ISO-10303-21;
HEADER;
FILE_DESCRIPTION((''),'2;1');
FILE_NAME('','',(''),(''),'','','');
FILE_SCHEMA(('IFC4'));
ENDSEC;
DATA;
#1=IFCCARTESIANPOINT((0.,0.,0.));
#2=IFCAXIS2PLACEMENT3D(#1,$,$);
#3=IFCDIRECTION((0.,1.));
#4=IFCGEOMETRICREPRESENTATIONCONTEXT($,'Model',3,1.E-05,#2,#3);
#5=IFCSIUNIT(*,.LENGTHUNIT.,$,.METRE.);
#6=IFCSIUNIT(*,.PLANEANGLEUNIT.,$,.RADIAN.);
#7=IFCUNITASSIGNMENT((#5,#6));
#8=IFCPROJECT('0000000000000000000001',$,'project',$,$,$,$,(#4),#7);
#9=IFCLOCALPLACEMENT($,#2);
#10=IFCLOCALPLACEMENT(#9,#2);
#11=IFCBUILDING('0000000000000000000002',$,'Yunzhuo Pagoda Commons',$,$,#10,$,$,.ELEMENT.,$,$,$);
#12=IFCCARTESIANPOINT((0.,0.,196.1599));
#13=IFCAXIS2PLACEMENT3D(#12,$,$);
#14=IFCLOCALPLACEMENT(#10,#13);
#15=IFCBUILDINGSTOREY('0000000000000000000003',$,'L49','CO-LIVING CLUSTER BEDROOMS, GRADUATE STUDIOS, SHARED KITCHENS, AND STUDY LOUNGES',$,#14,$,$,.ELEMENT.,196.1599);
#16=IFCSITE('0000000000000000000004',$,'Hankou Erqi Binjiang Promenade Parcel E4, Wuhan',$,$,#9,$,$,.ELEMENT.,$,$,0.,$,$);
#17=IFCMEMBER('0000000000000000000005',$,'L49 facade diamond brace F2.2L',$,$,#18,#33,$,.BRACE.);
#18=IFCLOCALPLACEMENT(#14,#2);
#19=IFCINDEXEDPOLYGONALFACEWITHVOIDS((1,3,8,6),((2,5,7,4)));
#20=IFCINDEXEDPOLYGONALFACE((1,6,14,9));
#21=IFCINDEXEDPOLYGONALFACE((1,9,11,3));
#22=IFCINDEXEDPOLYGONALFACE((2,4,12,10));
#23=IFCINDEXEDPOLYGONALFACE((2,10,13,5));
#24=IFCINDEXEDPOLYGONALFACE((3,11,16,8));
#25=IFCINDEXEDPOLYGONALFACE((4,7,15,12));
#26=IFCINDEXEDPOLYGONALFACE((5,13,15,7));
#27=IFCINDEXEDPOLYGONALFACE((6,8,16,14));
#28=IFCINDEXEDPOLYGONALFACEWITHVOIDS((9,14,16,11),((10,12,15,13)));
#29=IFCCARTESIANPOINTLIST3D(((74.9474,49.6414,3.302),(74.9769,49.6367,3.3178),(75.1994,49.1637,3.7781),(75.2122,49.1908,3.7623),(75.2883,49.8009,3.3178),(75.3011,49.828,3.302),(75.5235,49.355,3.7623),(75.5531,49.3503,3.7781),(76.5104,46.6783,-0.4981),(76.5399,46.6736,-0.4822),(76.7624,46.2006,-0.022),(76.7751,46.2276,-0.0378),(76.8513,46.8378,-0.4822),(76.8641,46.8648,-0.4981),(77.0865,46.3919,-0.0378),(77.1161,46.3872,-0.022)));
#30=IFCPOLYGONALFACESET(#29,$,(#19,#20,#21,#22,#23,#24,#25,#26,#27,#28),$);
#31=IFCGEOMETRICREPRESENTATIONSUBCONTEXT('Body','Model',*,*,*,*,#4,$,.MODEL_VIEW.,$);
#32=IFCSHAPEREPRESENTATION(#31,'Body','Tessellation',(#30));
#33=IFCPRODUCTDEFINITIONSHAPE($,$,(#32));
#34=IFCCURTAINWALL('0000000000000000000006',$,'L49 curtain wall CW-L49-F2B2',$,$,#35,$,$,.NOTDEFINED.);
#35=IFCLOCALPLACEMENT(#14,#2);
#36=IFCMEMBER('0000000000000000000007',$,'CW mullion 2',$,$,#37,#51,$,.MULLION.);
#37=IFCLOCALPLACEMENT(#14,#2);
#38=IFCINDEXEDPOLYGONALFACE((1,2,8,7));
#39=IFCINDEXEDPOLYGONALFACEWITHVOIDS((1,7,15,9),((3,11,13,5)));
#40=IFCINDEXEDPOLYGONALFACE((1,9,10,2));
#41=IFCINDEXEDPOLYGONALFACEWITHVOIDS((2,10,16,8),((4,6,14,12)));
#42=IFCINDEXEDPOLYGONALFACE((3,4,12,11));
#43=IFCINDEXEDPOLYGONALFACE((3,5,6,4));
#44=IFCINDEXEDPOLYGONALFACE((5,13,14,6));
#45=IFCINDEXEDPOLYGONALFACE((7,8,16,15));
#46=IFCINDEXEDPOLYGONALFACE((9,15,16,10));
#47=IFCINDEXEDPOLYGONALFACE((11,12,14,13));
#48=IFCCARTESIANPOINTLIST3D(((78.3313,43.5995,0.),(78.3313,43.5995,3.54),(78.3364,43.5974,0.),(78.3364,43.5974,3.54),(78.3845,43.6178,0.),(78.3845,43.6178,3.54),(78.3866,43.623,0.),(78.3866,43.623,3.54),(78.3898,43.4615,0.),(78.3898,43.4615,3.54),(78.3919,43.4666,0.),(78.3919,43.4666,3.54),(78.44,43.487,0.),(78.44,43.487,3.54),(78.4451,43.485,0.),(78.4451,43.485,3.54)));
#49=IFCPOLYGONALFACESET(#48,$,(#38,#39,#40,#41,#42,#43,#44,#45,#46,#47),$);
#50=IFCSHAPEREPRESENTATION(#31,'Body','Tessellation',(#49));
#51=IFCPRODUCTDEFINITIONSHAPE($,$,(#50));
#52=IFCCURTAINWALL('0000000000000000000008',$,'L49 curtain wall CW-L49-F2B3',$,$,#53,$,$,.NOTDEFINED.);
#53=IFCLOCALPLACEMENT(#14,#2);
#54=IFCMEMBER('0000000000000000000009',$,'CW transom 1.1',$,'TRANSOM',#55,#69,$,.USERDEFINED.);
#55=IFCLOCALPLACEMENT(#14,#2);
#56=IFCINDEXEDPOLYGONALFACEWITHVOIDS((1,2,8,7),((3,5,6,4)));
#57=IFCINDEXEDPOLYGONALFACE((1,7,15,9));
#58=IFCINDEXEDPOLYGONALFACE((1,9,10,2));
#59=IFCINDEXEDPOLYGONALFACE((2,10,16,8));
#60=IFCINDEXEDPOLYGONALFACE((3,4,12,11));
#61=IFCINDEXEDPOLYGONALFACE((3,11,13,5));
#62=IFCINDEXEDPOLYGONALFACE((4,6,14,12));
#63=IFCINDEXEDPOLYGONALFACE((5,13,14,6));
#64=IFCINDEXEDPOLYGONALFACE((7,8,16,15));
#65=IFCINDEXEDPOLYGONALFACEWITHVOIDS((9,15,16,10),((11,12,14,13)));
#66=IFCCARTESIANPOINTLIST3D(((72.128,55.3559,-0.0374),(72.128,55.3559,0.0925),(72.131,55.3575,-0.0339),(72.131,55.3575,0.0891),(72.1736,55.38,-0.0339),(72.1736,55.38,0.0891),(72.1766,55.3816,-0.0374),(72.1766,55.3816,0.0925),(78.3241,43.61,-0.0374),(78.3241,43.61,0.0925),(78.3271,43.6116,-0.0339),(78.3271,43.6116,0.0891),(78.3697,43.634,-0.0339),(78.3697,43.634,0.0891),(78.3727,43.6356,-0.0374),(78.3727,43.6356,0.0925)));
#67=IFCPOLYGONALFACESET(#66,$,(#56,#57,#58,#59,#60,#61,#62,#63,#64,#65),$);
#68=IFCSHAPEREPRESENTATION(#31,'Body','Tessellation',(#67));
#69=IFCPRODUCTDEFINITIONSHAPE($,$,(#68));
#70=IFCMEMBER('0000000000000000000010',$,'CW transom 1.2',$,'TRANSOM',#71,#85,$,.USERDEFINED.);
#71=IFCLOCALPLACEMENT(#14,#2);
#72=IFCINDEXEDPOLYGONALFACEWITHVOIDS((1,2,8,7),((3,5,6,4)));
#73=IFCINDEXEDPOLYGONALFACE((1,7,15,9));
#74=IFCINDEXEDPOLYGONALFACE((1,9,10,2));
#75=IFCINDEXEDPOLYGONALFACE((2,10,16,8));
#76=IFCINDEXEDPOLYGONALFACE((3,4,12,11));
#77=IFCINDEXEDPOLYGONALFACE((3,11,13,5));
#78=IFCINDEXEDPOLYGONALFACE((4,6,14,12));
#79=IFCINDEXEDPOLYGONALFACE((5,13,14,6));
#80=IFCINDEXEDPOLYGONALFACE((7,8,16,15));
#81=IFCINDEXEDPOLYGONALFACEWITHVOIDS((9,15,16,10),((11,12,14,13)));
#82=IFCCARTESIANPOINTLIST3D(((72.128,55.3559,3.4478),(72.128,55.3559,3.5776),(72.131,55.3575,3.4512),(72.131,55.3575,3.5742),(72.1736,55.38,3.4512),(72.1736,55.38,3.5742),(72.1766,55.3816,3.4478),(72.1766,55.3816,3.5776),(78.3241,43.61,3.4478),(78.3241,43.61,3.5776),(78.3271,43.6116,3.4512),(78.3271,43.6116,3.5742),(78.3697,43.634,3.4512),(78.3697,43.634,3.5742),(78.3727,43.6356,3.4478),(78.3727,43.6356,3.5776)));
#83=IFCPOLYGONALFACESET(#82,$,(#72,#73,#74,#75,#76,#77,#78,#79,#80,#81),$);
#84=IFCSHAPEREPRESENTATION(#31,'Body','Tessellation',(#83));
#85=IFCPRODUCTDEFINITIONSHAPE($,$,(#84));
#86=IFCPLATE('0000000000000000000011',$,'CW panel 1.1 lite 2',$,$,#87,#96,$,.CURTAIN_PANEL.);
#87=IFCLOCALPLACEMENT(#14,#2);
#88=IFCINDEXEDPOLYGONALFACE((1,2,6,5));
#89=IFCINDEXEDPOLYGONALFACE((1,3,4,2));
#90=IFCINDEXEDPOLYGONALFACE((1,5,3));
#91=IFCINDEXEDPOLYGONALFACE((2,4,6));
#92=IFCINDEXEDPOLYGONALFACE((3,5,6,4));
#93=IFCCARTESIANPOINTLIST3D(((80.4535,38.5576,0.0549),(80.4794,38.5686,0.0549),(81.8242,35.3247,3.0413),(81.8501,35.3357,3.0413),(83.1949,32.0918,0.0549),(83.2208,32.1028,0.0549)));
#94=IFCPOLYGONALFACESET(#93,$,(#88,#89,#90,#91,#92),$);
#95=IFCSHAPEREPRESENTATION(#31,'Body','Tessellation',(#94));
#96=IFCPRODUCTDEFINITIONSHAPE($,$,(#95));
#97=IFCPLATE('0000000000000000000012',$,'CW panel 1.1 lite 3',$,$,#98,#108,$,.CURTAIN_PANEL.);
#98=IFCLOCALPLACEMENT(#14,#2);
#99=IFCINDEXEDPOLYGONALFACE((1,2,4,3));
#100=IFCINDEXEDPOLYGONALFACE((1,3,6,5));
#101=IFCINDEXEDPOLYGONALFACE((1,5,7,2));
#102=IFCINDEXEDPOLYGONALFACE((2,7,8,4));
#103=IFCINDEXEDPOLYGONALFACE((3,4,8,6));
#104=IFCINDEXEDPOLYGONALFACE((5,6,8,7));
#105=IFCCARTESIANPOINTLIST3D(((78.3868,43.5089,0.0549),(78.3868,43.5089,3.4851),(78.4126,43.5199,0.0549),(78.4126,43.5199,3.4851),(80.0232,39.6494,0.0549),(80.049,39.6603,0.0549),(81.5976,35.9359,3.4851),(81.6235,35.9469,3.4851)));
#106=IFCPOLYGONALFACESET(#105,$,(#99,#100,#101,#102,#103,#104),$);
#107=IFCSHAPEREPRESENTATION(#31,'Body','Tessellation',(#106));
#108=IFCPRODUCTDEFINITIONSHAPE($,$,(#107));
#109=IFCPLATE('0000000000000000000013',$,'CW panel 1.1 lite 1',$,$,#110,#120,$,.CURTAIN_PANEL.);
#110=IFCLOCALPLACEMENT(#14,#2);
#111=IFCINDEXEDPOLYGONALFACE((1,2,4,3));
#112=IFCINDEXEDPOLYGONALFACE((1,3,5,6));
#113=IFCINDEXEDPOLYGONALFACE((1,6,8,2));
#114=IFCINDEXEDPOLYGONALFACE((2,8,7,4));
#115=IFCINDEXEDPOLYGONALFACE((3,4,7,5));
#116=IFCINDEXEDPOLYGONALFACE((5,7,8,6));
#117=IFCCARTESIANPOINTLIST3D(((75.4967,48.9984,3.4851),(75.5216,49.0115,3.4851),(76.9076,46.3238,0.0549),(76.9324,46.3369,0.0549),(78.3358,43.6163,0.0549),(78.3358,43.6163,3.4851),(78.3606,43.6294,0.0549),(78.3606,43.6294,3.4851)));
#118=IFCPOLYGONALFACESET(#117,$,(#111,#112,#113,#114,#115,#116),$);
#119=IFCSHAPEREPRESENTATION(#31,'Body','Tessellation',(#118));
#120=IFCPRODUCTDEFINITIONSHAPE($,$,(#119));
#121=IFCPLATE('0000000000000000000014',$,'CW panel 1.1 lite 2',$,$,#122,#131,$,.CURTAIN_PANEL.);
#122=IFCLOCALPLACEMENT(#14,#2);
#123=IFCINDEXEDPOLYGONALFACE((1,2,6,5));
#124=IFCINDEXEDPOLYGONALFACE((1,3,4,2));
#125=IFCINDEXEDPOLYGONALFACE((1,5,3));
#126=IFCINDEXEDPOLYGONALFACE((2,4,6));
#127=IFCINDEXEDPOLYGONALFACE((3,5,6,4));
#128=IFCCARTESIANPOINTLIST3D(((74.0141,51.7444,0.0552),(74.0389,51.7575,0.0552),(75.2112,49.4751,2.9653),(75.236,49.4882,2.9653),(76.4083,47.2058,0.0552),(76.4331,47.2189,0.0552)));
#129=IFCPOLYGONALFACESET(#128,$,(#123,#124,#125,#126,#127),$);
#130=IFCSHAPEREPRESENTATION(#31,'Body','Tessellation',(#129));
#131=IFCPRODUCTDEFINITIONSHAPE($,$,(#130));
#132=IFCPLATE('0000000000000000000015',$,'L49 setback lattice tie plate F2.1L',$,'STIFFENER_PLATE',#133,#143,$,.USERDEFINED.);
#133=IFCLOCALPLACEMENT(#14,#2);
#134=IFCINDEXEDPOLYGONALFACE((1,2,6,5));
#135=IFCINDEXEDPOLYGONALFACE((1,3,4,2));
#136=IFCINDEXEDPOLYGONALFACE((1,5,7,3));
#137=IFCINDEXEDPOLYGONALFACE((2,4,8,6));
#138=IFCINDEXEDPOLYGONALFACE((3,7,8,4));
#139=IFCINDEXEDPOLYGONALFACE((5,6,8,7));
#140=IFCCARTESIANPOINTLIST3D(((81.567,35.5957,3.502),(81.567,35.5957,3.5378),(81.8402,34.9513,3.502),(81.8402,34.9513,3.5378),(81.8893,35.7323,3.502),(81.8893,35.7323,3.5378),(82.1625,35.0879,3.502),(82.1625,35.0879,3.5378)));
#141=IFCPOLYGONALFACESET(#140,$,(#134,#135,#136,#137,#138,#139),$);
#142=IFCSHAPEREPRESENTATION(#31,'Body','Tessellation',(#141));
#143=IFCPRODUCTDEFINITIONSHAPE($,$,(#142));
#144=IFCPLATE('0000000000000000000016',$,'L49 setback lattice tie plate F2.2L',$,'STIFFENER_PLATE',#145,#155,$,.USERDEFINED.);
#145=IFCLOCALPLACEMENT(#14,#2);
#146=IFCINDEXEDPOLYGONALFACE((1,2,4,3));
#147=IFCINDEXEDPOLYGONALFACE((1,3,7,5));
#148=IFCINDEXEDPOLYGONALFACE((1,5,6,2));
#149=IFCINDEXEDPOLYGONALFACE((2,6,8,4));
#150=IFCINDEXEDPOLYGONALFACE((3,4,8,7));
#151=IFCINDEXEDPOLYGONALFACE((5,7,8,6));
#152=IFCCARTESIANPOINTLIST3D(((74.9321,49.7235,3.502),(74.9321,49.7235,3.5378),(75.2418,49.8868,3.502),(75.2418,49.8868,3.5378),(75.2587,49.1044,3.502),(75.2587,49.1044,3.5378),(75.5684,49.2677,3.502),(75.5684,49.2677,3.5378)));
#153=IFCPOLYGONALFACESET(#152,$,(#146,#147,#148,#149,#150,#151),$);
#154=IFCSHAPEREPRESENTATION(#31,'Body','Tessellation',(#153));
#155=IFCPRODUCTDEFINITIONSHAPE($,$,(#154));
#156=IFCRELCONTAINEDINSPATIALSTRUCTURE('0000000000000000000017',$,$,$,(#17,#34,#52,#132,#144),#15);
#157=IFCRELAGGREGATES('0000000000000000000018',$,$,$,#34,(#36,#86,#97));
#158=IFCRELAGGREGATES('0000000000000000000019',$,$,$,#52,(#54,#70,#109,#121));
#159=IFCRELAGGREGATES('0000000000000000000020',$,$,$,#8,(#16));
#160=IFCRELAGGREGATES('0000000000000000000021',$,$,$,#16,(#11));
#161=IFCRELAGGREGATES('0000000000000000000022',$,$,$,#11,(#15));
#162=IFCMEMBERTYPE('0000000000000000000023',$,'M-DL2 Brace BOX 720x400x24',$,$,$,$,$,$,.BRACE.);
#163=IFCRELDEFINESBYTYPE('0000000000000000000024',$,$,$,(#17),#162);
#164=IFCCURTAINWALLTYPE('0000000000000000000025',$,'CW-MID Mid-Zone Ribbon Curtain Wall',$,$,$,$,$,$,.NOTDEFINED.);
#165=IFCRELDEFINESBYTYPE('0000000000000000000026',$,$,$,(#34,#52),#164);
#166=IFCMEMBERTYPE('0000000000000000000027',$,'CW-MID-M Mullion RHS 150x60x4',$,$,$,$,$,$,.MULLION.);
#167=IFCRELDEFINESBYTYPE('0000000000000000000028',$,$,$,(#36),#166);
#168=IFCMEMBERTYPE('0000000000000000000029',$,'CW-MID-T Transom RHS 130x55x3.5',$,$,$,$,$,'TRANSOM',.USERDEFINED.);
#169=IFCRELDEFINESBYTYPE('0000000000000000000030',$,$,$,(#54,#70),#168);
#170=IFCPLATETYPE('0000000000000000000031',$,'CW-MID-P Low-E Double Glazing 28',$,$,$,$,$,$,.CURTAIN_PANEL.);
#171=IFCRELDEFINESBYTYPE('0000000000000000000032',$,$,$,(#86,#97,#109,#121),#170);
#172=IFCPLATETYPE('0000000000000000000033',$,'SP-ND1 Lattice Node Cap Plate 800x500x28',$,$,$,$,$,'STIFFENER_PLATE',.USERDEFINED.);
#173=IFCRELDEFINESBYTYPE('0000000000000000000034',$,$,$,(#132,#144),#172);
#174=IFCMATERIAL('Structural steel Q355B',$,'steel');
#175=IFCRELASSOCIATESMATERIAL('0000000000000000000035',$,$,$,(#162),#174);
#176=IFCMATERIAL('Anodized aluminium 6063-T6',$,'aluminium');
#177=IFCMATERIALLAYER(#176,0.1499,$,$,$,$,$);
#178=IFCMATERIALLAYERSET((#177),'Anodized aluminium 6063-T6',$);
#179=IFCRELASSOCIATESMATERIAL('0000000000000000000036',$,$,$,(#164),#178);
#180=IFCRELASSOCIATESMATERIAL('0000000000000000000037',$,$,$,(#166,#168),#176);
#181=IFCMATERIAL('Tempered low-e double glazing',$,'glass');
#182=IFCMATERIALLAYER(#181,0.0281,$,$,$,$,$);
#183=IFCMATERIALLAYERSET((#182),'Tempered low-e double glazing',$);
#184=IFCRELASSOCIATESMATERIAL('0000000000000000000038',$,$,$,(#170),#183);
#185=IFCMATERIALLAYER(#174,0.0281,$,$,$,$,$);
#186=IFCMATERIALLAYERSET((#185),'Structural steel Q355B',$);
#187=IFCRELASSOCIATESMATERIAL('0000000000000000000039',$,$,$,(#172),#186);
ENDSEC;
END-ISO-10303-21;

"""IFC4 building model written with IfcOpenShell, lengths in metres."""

from ifc_helpers import new_model, si_unit, direction, frame, origin, origin_2d, place, context, subcontext, project, spatial, polyline, rectangle, hollow_rectangle, outline, extrude, source, transform, mapped, material, layer, layer_set, material_profile, profile_set, type_object, element, aggregate, save


model = new_model("IFC4")

# Units and contexts
model_context = context("Model", 3, precision=1e-05, world=origin(), true_north=direction((0.0, 1.0)))
body_context = subcontext(model_context, "Body", "Model", "MODEL_VIEW")
ifc_project = project(units=[si_unit("LENGTHUNIT", "METRE"), si_unit("PLANEANGLEUNIT", "RADIAN")], contexts=[model_context])

# Site, building, storey
site_placement = place(None, origin())
site = spatial("IfcSite", under=ifc_project, at=site_placement, Name="Hankou Erqi Binjiang Promenade Parcel E4, Wuhan", CompositionType="ELEMENT", RefElevation=0.0)
building_placement = place(site_placement, origin())
building = spatial("IfcBuilding", under=site, at=building_placement, Name="Yunzhuo Pagoda Commons", CompositionType="ELEMENT")
storey_placement = place(building_placement, frame((0.0, 0.0, 196.1599)))
storey = spatial("IfcBuildingStorey", under=building, at=storey_placement, Name="L49", Description="CO-LIVING CLUSTER BEDROOMS, GRADUATE STUDIOS, SHARED KITCHENS, AND STUDY LOUNGES", CompositionType="ELEMENT", Elevation=196.1599)

# Shared definitions
ifc_material_1 = material(Name="Structural steel Q355B", Category="steel")

# Member
ifc_material_profile_1 = material_profile(ifc_material_1, hollow_rectangle(XDim=0.3999, YDim=0.72, WallThickness=0.0239, at=origin_2d()), Name="Structural steel Q355B")
ifc_profile_set_1 = profile_set([ifc_material_profile_1], Name="Structural steel Q355B")
member_type_1 = type_object("IfcMemberType", Name="M-DL2 Brace BOX 720x400x24", PredefinedType="BRACE", material=ifc_profile_set_1)
shared_shape_1 = source(origin(), body_context, "Body", "SweptSolid", [
    extrude(hollow_rectangle(XDim=0.3999, YDim=0.72, WallThickness=0.0239, at=origin_2d()), origin(), (0.0, 0.0, 1.0), 5.0659),
])
member_1_placement = place(storey_placement, frame((76.8132, 46.5327, -0.26), z_axis=(-0.30853, 0.584916, 0.750121), x_axis=(-0.884494, -0.466551, 0.0)))
element("IfcMember", 1, at=member_1_placement, inside=storey, type_object=member_type_1, Name="L49 facade diamond brace F2.2L", PredefinedType="BRACE", context=body_context, shape_type="MappedRepresentation", body=[
    mapped(shared_shape_1, transform((0.0, 0.0, 0.0), scale=1.0)),
])

# Curtain wall, member
ifc_material_2 = material(Name="Anodized aluminium 6063-T6", Category="aluminium")
ifc_layer_1 = layer(ifc_material_2, 0.1499)
ifc_layer_set_1 = layer_set([ifc_layer_1], Name="Anodized aluminium 6063-T6")
curtain_wall_type = type_object("IfcCurtainWallType", Name="CW-MID Mid-Zone Ribbon Curtain Wall", PredefinedType="NOTDEFINED", material=ifc_layer_set_1)
curtain_wall_1_placement = place(storey_placement, origin())
curtain_wall_1 = element("IfcCurtainWall", 2, at=curtain_wall_1_placement, inside=storey, type_object=curtain_wall_type, Name="L49 curtain wall CW-L49-F2B2", PredefinedType="NOTDEFINED")
ifc_material_profile_2 = material_profile(ifc_material_2, hollow_rectangle(XDim=0.0601, YDim=0.1499, WallThickness=0.0039, at=origin_2d()), Name="Anodized aluminium 6063-T6")
ifc_profile_set_2 = profile_set([ifc_material_profile_2], Name="Anodized aluminium 6063-T6")
member_type_2 = type_object("IfcMemberType", Name="CW-MID-M Mullion RHS 150x60x4", PredefinedType="MULLION", material=ifc_profile_set_2)
shared_shape_2 = source(origin(), body_context, "Body", "SweptSolid", [
    extrude(hollow_rectangle(XDim=0.0601, YDim=0.1499, WallThickness=0.0039, at=origin_2d()), origin(), (0.0, 0.0, 1.0), 3.54),
])
member_2_placement = place(storey_placement, frame((78.3882, 43.5422, 0.0), z_axis=(0.0, 0.0, 1.0), x_axis=(-0.920667, -0.39035, 0.0)))
member_2 = element("IfcMember", 3, at=member_2_placement, type_object=member_type_2, Name="CW mullion 2", PredefinedType="MULLION", context=body_context, shape_type="MappedRepresentation", body=[
    mapped(shared_shape_2, transform((0.0, 0.0, 0.0), scale=1.0)),
])

# Curtain wall, members
curtain_wall_2_placement = place(storey_placement, origin())
curtain_wall_2 = element("IfcCurtainWall", 4, at=curtain_wall_2_placement, inside=storey, type_object=curtain_wall_type, Name="L49 curtain wall CW-L49-F2B3", PredefinedType="NOTDEFINED")
ifc_material_profile_3 = material_profile(ifc_material_2, hollow_rectangle(XDim=0.0549, YDim=0.1299, WallThickness=0.0034, at=origin_2d()), Name="Anodized aluminium 6063-T6")
ifc_profile_set_3 = profile_set([ifc_material_profile_3], Name="Anodized aluminium 6063-T6")
member_type_3 = type_object("IfcMemberType", Name="CW-MID-T Transom RHS 130x55x3.5", ElementType="TRANSOM", PredefinedType="USERDEFINED", material=ifc_profile_set_3)
shared_shape_3 = source(origin(), body_context, "Body", "SweptSolid", [
    extrude(hollow_rectangle(XDim=0.0549, YDim=0.1299, WallThickness=0.0034, at=origin_2d()), origin(), (0.0, 0.0, 1.0), 13.28),
])
member_3_placement = place(storey_placement, frame((78.3484, 43.6228, 0.0276), z_axis=(-0.466573, 0.884483, 0.0), x_axis=(-0.884483, -0.466573, 0.0)))
member_3 = element("IfcMember", 5, at=member_3_placement, type_object=member_type_3, Name="CW transom 1.1", ObjectType="TRANSOM", PredefinedType="USERDEFINED", context=body_context, shape_type="MappedRepresentation", body=[
    mapped(shared_shape_3, transform((0.0, 0.0, 0.0), scale=1.0)),
])
member_4_placement = place(storey_placement, frame((78.3484, 43.6228, 3.5127), z_axis=(-0.466573, 0.884483, 0.0), x_axis=(-0.884483, -0.466573, 0.0)))
member_4 = element("IfcMember", 6, at=member_4_placement, type_object=member_type_3, Name="CW transom 1.2", ObjectType="TRANSOM", PredefinedType="USERDEFINED", context=body_context, shape_type="MappedRepresentation", body=[
    mapped(shared_shape_3, transform((0.0, 0.0, 0.0), scale=1.0)),
])

# Plates
ifc_material_3 = material(Name="Tempered low-e double glazing", Category="glass")
ifc_layer_2 = layer(ifc_material_3, 0.0281)
ifc_layer_set_2 = layer_set([ifc_layer_2], Name="Tempered low-e double glazing")
plate_type_1 = type_object("IfcPlateType", Name="CW-MID-P Low-E Double Glazing 28", PredefinedType="CURTAIN_PANEL", material=ifc_layer_set_2)
plate_1_placement = place(storey_placement, frame((81.8242, 35.3247, 1.5481), z_axis=(0.920667, 0.39035, 0.0), x_axis=(-0.39035, 0.920667, 0.0)))
plate_1 = element("IfcPlate", 7, at=plate_1_placement, type_object=plate_type_1, Name="CW panel 1.1 lite 2", PredefinedType="CURTAIN_PANEL", context=body_context, shape_type="SweptSolid", body=[
    extrude(outline(polyline([(-3.5115, -1.4932), (3.5115, -1.4932), (0.0, 1.4932), (-3.5115, -1.4932)])), origin(), (0.0, 0.0, 1.0), 0.0281),
])
plate_2_placement = place(storey_placement, frame((79.9922, 39.7224, 1.77), z_axis=(0.920667, 0.39035, 0.0), x_axis=(-0.39035, 0.920667, 0.0)))
plate_2 = element("IfcPlate", 8, at=plate_2_placement, type_object=plate_type_1, Name="CW panel 1.1 lite 3", PredefinedType="CURTAIN_PANEL", context=body_context, shape_type="SweptSolid", body=[
    extrude(outline(polyline([(-4.1128, 1.7151), (-0.0793, -1.7151), (4.1128, -1.7151), (4.1128, 1.7151), (-4.1128, 1.7151)])), origin(), (0.0, 0.0, 1.0), 0.0281),
])
aggregate(curtain_wall_1, [member_2, plate_1, plate_2])
plate_3_placement = place(storey_placement, frame((76.9163, 46.3074, 1.77), z_axis=(0.884484, 0.466571, 0.0), x_axis=(-0.466571, 0.884484, 0.0)))
plate_3 = element("IfcPlate", 9, at=plate_3_placement, type_object=plate_type_1, Name="CW panel 1.1 lite 1", PredefinedType="CURTAIN_PANEL", context=body_context, shape_type="SweptSolid", body=[
    extrude(outline(polyline([(-3.0425, -1.7151), (0.0186, -1.7151), (3.0425, 1.7151), (-3.0425, 1.7151), (-3.0425, -1.7151)])), origin(), (0.0, 0.0, 1.0), 0.0281),
])
plate_4_placement = place(storey_placement, frame((75.2112, 49.4751, 1.5103), z_axis=(0.884484, 0.466571, 0.0), x_axis=(-0.466571, 0.884484, 0.0)))
plate_4 = element("IfcPlate", 10, at=plate_4_placement, type_object=plate_type_1, Name="CW panel 1.1 lite 2", PredefinedType="CURTAIN_PANEL", context=body_context, shape_type="SweptSolid", body=[
    extrude(outline(polyline([(-2.5657, -1.4551), (2.5657, -1.4551), (0.0, 1.4551), (-2.5657, -1.4551)])), origin(), (0.0, 0.0, 1.0), 0.0281),
])
aggregate(curtain_wall_2, [member_3, member_4, plate_3, plate_4])

# Plates
ifc_layer_3 = layer(ifc_material_1, 0.0281)
ifc_layer_set_3 = layer_set([ifc_layer_3], Name="Structural steel Q355B")
plate_type_2 = type_object("IfcPlateType", Name="SP-ND1 Lattice Node Cap Plate 800x500x28", ElementType="STIFFENER_PLATE", PredefinedType="USERDEFINED", material=ifc_layer_set_3)
shared_shape_4 = source(origin(), body_context, "Body", "SweptSolid", [
    extrude(rectangle(XDim=0.7, YDim=0.3501, at=origin_2d()), origin(), (0.0, 0.0, 1.0), 0.0359),
])
for number, where, z_axis, x_axis, name in (
    (11, (81.8647, 35.3418, 3.502), (0.0, 0.0, 1.0), (-0.390346, 0.920668, 0.0), "L49 setback lattice tie plate F2.1L"),
    (12, (75.2502, 49.4956, 3.502), (0.0, 0.0, 1.0), (-0.466572, 0.884483, 0.0), "L49 setback lattice tie plate F2.2L"),
):
    element("IfcPlate", number, at=place(storey_placement, frame(where, z_axis=z_axis, x_axis=x_axis)), inside=storey, type_object=plate_type_2, Name=name, ObjectType="STIFFENER_PLATE", PredefinedType="USERDEFINED", context=body_context, shape_type="MappedRepresentation", body=[
        mapped(shared_shape_4, transform((0.0, 0.0, 0.0), scale=1.0)),
    ])

save(model, "model.ifc")
